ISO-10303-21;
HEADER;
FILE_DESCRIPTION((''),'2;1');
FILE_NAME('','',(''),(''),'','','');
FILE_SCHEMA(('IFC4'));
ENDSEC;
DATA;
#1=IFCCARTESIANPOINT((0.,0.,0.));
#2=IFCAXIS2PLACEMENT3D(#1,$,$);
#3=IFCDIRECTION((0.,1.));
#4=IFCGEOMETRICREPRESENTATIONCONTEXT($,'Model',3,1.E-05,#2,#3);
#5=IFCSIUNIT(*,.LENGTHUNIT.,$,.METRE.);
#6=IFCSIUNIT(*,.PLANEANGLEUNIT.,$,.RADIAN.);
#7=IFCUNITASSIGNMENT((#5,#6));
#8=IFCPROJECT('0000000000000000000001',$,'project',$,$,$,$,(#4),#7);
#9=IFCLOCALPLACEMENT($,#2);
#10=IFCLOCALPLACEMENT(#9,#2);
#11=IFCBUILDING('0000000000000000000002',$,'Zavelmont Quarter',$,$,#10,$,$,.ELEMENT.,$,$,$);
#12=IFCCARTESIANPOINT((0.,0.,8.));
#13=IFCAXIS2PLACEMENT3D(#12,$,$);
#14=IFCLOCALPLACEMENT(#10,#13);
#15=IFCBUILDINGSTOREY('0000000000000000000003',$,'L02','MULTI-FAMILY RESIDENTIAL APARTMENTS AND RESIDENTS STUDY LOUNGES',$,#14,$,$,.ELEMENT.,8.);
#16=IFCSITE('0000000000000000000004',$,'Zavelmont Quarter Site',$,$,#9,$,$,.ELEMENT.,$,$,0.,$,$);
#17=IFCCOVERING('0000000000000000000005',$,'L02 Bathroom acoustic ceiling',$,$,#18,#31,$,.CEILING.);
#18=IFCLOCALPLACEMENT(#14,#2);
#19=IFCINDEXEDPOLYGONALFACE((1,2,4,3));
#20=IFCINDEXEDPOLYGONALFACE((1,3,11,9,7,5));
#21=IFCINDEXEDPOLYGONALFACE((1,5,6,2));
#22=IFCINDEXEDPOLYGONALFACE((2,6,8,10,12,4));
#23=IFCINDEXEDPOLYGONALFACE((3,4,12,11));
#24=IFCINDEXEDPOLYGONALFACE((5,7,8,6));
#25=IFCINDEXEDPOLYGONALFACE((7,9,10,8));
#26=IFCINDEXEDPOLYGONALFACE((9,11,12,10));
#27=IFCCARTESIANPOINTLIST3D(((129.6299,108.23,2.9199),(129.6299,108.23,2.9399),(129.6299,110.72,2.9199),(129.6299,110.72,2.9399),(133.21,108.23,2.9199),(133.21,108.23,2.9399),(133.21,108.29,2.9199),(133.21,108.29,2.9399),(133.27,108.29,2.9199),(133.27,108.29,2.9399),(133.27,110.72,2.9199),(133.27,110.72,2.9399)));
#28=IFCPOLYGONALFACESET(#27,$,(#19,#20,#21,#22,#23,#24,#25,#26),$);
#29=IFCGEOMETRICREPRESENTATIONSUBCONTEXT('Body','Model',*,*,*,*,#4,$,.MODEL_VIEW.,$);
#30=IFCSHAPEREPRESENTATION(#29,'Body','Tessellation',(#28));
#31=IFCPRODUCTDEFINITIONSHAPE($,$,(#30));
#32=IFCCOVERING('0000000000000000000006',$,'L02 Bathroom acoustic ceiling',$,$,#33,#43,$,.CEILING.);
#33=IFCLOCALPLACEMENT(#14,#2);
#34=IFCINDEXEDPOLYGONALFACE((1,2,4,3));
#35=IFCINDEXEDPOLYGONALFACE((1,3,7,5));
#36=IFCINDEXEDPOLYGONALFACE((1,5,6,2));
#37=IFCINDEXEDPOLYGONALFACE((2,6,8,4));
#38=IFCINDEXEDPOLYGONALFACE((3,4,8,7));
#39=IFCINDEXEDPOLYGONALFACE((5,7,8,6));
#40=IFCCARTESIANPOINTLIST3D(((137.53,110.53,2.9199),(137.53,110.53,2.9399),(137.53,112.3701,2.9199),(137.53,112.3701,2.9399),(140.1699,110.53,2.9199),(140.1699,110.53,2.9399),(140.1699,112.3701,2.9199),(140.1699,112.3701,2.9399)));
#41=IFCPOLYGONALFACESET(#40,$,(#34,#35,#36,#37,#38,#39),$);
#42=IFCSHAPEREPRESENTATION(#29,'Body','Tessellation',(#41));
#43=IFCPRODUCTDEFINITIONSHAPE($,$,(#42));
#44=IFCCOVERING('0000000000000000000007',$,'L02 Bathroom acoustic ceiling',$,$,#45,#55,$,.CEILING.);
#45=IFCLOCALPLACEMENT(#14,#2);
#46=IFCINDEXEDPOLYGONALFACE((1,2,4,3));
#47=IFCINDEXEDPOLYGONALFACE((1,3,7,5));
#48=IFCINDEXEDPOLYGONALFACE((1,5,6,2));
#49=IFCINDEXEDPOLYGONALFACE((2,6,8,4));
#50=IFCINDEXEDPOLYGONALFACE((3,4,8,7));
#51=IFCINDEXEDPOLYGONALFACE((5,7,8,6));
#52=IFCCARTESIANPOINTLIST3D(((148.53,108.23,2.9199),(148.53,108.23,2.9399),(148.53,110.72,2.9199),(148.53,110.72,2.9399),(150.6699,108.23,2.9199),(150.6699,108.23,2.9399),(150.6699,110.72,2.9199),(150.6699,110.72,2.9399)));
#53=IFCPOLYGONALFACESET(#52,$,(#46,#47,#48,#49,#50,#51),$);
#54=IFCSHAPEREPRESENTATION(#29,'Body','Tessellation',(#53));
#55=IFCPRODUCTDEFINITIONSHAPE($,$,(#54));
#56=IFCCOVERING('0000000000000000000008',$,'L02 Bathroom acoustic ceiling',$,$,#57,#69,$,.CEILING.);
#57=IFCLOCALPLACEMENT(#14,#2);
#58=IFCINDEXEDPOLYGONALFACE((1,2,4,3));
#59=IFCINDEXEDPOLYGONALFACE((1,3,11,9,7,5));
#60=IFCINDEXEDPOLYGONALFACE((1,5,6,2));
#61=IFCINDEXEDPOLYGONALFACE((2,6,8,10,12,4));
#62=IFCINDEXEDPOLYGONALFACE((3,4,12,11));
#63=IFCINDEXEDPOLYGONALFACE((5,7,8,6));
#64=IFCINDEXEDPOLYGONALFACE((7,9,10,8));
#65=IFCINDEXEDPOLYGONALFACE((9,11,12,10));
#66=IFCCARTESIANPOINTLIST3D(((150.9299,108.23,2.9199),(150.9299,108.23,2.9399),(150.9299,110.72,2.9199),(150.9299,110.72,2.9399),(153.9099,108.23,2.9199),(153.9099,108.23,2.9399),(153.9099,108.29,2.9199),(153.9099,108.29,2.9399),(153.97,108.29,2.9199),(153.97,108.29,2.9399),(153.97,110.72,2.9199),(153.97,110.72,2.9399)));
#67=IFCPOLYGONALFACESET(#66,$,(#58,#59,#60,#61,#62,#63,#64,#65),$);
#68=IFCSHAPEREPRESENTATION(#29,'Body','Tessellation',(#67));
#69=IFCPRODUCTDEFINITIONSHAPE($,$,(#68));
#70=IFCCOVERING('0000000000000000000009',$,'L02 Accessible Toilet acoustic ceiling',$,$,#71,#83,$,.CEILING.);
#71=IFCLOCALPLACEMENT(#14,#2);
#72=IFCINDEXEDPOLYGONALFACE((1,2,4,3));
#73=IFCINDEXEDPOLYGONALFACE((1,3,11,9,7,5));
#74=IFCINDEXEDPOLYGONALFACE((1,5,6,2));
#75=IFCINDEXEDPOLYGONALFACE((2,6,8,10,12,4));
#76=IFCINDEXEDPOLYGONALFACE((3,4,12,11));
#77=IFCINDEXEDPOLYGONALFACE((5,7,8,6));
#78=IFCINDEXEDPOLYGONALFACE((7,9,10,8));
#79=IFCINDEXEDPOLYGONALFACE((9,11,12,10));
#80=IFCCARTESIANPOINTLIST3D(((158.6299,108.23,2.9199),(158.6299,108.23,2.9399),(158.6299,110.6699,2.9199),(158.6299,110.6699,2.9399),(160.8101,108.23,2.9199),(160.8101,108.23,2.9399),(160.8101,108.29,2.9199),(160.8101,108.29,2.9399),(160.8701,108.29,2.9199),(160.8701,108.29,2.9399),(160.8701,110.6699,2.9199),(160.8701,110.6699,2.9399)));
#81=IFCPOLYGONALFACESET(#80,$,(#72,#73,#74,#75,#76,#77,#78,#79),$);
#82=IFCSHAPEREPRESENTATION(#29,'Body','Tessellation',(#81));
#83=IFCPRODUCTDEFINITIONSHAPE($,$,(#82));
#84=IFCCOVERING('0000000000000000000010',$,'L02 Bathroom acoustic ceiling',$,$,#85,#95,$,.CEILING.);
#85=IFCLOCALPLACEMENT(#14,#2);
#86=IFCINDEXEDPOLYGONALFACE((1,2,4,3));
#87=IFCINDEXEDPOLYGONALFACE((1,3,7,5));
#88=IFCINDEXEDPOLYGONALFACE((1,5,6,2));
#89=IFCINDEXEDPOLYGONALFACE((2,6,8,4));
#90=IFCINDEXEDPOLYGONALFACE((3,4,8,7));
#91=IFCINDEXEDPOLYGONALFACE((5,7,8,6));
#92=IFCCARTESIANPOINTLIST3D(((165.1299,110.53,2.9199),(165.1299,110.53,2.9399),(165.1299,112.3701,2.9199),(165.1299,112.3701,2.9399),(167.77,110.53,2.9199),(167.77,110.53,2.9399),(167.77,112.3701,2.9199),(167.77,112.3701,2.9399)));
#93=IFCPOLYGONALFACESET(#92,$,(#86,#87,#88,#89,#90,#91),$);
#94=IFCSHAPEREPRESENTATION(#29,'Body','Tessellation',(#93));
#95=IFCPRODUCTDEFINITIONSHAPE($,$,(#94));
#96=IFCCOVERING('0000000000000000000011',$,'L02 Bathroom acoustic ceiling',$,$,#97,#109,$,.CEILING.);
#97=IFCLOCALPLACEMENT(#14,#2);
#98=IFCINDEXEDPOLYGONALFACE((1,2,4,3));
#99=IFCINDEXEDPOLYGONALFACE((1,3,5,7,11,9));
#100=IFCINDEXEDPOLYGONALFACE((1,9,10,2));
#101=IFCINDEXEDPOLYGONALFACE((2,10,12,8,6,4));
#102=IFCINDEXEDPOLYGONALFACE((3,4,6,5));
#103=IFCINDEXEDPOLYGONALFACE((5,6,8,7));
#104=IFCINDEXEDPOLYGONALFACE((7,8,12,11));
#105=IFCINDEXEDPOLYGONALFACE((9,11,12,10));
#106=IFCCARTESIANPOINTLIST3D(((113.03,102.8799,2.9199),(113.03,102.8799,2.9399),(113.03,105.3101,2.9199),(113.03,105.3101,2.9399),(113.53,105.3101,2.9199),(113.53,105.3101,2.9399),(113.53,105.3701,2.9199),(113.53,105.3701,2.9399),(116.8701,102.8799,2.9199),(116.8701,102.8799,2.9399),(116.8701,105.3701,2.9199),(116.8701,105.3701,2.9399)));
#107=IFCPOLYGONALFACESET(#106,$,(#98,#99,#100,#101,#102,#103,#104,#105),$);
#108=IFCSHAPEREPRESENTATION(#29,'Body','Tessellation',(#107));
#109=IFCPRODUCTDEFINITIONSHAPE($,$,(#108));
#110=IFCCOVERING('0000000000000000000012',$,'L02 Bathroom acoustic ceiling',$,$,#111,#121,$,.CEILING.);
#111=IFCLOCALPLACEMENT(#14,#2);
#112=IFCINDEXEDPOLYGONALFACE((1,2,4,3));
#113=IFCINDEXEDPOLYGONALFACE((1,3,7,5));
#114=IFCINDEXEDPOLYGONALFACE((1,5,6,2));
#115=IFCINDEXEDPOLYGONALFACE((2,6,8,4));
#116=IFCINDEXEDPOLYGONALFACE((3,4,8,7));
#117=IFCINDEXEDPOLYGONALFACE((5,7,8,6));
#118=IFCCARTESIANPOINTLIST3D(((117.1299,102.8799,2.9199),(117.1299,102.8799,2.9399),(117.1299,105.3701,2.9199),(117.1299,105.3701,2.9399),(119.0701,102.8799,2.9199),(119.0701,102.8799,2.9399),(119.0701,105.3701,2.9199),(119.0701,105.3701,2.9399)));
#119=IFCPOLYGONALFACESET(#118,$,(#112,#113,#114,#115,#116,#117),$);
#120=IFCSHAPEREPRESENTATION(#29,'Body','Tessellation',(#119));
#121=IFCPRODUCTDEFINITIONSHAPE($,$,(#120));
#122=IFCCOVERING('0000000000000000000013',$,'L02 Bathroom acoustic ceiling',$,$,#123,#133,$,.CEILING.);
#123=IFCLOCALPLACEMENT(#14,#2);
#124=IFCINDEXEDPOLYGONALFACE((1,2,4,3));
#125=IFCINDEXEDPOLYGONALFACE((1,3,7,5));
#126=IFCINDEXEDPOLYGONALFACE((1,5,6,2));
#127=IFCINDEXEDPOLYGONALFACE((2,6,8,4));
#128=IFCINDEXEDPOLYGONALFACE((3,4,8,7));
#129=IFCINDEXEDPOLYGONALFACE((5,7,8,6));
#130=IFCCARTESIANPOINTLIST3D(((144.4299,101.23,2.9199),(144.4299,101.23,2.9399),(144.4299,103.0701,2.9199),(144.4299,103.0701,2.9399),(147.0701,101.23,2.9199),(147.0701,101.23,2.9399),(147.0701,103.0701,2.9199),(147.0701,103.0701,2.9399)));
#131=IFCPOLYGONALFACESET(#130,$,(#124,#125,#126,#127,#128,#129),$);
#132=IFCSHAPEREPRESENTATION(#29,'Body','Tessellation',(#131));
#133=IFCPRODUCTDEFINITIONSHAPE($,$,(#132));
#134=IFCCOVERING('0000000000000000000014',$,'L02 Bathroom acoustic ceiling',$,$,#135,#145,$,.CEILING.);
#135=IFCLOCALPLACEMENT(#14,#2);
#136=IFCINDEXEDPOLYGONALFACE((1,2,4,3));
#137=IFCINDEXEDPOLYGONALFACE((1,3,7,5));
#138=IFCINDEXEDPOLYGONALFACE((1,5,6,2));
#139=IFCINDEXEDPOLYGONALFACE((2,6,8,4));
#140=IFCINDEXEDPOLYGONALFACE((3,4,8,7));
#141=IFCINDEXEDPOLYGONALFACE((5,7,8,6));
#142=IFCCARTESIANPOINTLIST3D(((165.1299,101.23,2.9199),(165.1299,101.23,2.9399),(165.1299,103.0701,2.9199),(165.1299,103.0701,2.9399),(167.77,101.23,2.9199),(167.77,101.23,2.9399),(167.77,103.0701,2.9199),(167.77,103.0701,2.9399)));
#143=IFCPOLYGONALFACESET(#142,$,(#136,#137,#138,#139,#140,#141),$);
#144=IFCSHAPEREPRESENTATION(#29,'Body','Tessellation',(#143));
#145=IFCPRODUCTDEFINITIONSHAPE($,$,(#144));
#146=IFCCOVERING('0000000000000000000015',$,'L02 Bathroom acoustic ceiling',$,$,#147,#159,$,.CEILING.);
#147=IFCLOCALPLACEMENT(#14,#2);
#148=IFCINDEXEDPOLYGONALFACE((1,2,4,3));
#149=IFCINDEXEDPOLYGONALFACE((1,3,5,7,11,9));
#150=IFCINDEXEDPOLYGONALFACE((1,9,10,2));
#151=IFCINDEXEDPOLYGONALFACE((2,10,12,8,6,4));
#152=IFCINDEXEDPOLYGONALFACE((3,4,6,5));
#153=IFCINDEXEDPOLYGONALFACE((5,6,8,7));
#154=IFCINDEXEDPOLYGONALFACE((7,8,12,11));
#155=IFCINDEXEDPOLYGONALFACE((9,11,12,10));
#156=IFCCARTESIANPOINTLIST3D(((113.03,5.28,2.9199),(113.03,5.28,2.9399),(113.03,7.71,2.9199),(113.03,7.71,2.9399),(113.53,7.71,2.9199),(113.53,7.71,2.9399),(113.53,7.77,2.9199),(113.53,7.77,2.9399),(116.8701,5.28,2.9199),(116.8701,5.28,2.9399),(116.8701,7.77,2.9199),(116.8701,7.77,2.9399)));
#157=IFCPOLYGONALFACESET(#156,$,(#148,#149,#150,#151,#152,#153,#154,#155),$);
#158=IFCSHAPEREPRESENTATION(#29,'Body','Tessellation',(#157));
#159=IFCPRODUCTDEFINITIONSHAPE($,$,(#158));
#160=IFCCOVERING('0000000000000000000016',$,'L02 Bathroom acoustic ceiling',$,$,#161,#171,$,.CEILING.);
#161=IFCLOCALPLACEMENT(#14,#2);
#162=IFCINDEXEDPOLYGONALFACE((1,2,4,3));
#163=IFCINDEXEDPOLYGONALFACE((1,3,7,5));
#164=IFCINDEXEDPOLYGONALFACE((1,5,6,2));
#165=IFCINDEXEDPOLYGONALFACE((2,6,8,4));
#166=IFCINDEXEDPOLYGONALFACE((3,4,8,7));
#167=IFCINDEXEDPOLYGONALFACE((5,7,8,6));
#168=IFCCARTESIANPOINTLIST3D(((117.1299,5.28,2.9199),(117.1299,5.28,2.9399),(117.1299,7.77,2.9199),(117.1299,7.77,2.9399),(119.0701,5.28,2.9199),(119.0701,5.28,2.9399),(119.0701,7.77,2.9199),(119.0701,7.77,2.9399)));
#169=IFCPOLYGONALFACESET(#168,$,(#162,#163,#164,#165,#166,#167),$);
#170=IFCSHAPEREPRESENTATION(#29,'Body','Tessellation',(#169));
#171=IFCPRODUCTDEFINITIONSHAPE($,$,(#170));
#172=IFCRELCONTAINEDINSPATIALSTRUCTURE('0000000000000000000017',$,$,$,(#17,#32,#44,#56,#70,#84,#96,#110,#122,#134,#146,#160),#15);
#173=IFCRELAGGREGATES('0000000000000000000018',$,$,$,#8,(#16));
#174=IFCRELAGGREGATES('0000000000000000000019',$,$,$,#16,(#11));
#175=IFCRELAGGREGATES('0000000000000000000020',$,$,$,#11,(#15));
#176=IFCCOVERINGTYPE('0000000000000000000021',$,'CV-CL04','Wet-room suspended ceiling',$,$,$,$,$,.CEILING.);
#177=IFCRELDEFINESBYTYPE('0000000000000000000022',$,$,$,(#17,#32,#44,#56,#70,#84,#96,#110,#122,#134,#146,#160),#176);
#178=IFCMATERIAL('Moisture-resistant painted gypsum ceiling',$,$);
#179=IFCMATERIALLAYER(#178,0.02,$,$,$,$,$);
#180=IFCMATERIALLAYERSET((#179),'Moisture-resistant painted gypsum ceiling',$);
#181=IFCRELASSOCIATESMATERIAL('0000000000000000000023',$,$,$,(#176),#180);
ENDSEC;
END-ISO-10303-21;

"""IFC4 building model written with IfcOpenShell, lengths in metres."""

from ifc_helpers import new_model, si_unit, direction, frame, origin, place, context, subcontext, project, spatial, polyline, outline, extrude, material, layer, layer_set, type_object, element, save


model = new_model("IFC4")

# Units and contexts
model_context = context("Model", 3, precision=1e-05, world=origin(), true_north=direction((0.0, 1.0)))
body_context = subcontext(model_context, "Body", "Model", "MODEL_VIEW")
ifc_project = project(units=[si_unit("LENGTHUNIT", "METRE"), si_unit("PLANEANGLEUNIT", "RADIAN")], contexts=[model_context])

# Site, building, storey
site_placement = place(None, origin())
site = spatial("IfcSite", under=ifc_project, at=site_placement, Name="Zavelmont Quarter Site", CompositionType="ELEMENT", RefElevation=0.0)
building_placement = place(site_placement, origin())
building = spatial("IfcBuilding", under=site, at=building_placement, Name="Zavelmont Quarter", CompositionType="ELEMENT")
storey_placement = place(building_placement, frame((0.0, 0.0, 8.0)))
storey = spatial("IfcBuildingStorey", under=building, at=storey_placement, Name="L02", Description="MULTI-FAMILY RESIDENTIAL APARTMENTS AND RESIDENTS STUDY LOUNGES", CompositionType="ELEMENT", Elevation=8.0)

# Coverings
ifc_material_1 = material(Name="Moisture-resistant painted gypsum ceiling")
ifc_layer_1 = layer(ifc_material_1, 0.02)
ifc_layer_set_1 = layer_set([ifc_layer_1], Name="Moisture-resistant painted gypsum ceiling")
covering_type_1 = type_object("IfcCoveringType", Name="CV-CL04", Description="Wet-room suspended ceiling", PredefinedType="CEILING", material=ifc_layer_set_1)
covering_1_placement = place(storey_placement, frame((0.0, 0.0, 2.9199)))
element("IfcCovering", 1, at=covering_1_placement, inside=storey, type_object=covering_type_1, Name="L02 Bathroom acoustic ceiling", PredefinedType="CEILING", context=body_context, shape_type="SweptSolid", body=[
    extrude(outline(polyline([(129.6299, 110.72), (133.27, 110.72), (133.27, 108.29), (133.21, 108.29), (133.21, 108.23), (129.6299, 108.23), (129.6299, 110.72)])), origin(), (0.0, 0.0, 1.0), 0.02),
])
covering_2_placement = place(storey_placement, frame((0.0, 0.0, 2.9199)))
element("IfcCovering", 2, at=covering_2_placement, inside=storey, type_object=covering_type_1, Name="L02 Bathroom acoustic ceiling", PredefinedType="CEILING", context=body_context, shape_type="SweptSolid", body=[
    extrude(outline(polyline([(137.53, 112.3701), (140.1699, 112.3701), (140.1699, 110.53), (137.53, 110.53), (137.53, 112.3701)])), origin(), (0.0, 0.0, 1.0), 0.02),
])
covering_3_placement = place(storey_placement, frame((0.0, 0.0, 2.9199)))
element("IfcCovering", 3, at=covering_3_placement, inside=storey, type_object=covering_type_1, Name="L02 Bathroom acoustic ceiling", PredefinedType="CEILING", context=body_context, shape_type="SweptSolid", body=[
    extrude(outline(polyline([(148.53, 110.72), (150.6699, 110.72), (150.6699, 108.23), (148.53, 108.23), (148.53, 110.72)])), origin(), (0.0, 0.0, 1.0), 0.02),
])
covering_4_placement = place(storey_placement, frame((0.0, 0.0, 2.9199)))
element("IfcCovering", 4, at=covering_4_placement, inside=storey, type_object=covering_type_1, Name="L02 Bathroom acoustic ceiling", PredefinedType="CEILING", context=body_context, shape_type="SweptSolid", body=[
    extrude(outline(polyline([(150.9299, 110.72), (153.97, 110.72), (153.97, 108.29), (153.9099, 108.29), (153.9099, 108.23), (150.9299, 108.23), (150.9299, 110.72)])), origin(), (0.0, 0.0, 1.0), 0.02),
])
covering_5_placement = place(storey_placement, frame((0.0, 0.0, 2.9199)))
element("IfcCovering", 5, at=covering_5_placement, inside=storey, type_object=covering_type_1, Name="L02 Accessible Toilet acoustic ceiling", PredefinedType="CEILING", context=body_context, shape_type="SweptSolid", body=[
    extrude(outline(polyline([(158.6299, 110.6699), (160.8701, 110.6699), (160.8701, 108.29), (160.8101, 108.29), (160.8101, 108.23), (158.6299, 108.23), (158.6299, 110.6699)])), origin(), (0.0, 0.0, 1.0), 0.02),
])
covering_6_placement = place(storey_placement, frame((0.0, 0.0, 2.9199)))
element("IfcCovering", 6, at=covering_6_placement, inside=storey, type_object=covering_type_1, Name="L02 Bathroom acoustic ceiling", PredefinedType="CEILING", context=body_context, shape_type="SweptSolid", body=[
    extrude(outline(polyline([(165.1299, 112.3701), (167.77, 112.3701), (167.77, 110.53), (165.1299, 110.53), (165.1299, 112.3701)])), origin(), (0.0, 0.0, 1.0), 0.02),
])
covering_7_placement = place(storey_placement, frame((0.0, 0.0, 2.9199)))
element("IfcCovering", 7, at=covering_7_placement, inside=storey, type_object=covering_type_1, Name="L02 Bathroom acoustic ceiling", PredefinedType="CEILING", context=body_context, shape_type="SweptSolid", body=[
    extrude(outline(polyline([(113.03, 105.3101), (113.53, 105.3101), (113.53, 105.3701), (116.8701, 105.3701), (116.8701, 102.8799), (113.03, 102.8799), (113.03, 105.3101)])), origin(), (0.0, 0.0, 1.0), 0.02),
])
covering_8_placement = place(storey_placement, frame((0.0, 0.0, 2.9199)))
element("IfcCovering", 8, at=covering_8_placement, inside=storey, type_object=covering_type_1, Name="L02 Bathroom acoustic ceiling", PredefinedType="CEILING", context=body_context, shape_type="SweptSolid", body=[
    extrude(outline(polyline([(117.1299, 105.3701), (119.0701, 105.3701), (119.0701, 102.8799), (117.1299, 102.8799), (117.1299, 105.3701)])), origin(), (0.0, 0.0, 1.0), 0.02),
])
covering_9_placement = place(storey_placement, frame((0.0, 0.0, 2.9199)))
element("IfcCovering", 9, at=covering_9_placement, inside=storey, type_object=covering_type_1, Name="L02 Bathroom acoustic ceiling", PredefinedType="CEILING", context=body_context, shape_type="SweptSolid", body=[
    extrude(outline(polyline([(144.4299, 103.0701), (147.0701, 103.0701), (147.0701, 101.23), (144.4299, 101.23), (144.4299, 103.0701)])), origin(), (0.0, 0.0, 1.0), 0.02),
])
covering_10_placement = place(storey_placement, frame((0.0, 0.0, 2.9199)))
element("IfcCovering", 10, at=covering_10_placement, inside=storey, type_object=covering_type_1, Name="L02 Bathroom acoustic ceiling", PredefinedType="CEILING", context=body_context, shape_type="SweptSolid", body=[
    extrude(outline(polyline([(165.1299, 103.0701), (167.77, 103.0701), (167.77, 101.23), (165.1299, 101.23), (165.1299, 103.0701)])), origin(), (0.0, 0.0, 1.0), 0.02),
])
covering_11_placement = place(storey_placement, frame((0.0, 0.0, 2.9199)))
element("IfcCovering", 11, at=covering_11_placement, inside=storey, type_object=covering_type_1, Name="L02 Bathroom acoustic ceiling", PredefinedType="CEILING", context=body_context, shape_type="SweptSolid", body=[
    extrude(outline(polyline([(113.03, 7.71), (113.53, 7.71), (113.53, 7.77), (116.8701, 7.77), (116.8701, 5.28), (113.03, 5.28), (113.03, 7.71)])), origin(), (0.0, 0.0, 1.0), 0.02),
])
covering_12_placement = place(storey_placement, frame((0.0, 0.0, 2.9199)))
element("IfcCovering", 12, at=covering_12_placement, inside=storey, type_object=covering_type_1, Name="L02 Bathroom acoustic ceiling", PredefinedType="CEILING", context=body_context, shape_type="SweptSolid", body=[
    extrude(outline(polyline([(117.1299, 7.77), (119.0701, 7.77), (119.0701, 5.28), (117.1299, 5.28), (117.1299, 7.77)])), origin(), (0.0, 0.0, 1.0), 0.02),
])

save(model, "model.ifc")
